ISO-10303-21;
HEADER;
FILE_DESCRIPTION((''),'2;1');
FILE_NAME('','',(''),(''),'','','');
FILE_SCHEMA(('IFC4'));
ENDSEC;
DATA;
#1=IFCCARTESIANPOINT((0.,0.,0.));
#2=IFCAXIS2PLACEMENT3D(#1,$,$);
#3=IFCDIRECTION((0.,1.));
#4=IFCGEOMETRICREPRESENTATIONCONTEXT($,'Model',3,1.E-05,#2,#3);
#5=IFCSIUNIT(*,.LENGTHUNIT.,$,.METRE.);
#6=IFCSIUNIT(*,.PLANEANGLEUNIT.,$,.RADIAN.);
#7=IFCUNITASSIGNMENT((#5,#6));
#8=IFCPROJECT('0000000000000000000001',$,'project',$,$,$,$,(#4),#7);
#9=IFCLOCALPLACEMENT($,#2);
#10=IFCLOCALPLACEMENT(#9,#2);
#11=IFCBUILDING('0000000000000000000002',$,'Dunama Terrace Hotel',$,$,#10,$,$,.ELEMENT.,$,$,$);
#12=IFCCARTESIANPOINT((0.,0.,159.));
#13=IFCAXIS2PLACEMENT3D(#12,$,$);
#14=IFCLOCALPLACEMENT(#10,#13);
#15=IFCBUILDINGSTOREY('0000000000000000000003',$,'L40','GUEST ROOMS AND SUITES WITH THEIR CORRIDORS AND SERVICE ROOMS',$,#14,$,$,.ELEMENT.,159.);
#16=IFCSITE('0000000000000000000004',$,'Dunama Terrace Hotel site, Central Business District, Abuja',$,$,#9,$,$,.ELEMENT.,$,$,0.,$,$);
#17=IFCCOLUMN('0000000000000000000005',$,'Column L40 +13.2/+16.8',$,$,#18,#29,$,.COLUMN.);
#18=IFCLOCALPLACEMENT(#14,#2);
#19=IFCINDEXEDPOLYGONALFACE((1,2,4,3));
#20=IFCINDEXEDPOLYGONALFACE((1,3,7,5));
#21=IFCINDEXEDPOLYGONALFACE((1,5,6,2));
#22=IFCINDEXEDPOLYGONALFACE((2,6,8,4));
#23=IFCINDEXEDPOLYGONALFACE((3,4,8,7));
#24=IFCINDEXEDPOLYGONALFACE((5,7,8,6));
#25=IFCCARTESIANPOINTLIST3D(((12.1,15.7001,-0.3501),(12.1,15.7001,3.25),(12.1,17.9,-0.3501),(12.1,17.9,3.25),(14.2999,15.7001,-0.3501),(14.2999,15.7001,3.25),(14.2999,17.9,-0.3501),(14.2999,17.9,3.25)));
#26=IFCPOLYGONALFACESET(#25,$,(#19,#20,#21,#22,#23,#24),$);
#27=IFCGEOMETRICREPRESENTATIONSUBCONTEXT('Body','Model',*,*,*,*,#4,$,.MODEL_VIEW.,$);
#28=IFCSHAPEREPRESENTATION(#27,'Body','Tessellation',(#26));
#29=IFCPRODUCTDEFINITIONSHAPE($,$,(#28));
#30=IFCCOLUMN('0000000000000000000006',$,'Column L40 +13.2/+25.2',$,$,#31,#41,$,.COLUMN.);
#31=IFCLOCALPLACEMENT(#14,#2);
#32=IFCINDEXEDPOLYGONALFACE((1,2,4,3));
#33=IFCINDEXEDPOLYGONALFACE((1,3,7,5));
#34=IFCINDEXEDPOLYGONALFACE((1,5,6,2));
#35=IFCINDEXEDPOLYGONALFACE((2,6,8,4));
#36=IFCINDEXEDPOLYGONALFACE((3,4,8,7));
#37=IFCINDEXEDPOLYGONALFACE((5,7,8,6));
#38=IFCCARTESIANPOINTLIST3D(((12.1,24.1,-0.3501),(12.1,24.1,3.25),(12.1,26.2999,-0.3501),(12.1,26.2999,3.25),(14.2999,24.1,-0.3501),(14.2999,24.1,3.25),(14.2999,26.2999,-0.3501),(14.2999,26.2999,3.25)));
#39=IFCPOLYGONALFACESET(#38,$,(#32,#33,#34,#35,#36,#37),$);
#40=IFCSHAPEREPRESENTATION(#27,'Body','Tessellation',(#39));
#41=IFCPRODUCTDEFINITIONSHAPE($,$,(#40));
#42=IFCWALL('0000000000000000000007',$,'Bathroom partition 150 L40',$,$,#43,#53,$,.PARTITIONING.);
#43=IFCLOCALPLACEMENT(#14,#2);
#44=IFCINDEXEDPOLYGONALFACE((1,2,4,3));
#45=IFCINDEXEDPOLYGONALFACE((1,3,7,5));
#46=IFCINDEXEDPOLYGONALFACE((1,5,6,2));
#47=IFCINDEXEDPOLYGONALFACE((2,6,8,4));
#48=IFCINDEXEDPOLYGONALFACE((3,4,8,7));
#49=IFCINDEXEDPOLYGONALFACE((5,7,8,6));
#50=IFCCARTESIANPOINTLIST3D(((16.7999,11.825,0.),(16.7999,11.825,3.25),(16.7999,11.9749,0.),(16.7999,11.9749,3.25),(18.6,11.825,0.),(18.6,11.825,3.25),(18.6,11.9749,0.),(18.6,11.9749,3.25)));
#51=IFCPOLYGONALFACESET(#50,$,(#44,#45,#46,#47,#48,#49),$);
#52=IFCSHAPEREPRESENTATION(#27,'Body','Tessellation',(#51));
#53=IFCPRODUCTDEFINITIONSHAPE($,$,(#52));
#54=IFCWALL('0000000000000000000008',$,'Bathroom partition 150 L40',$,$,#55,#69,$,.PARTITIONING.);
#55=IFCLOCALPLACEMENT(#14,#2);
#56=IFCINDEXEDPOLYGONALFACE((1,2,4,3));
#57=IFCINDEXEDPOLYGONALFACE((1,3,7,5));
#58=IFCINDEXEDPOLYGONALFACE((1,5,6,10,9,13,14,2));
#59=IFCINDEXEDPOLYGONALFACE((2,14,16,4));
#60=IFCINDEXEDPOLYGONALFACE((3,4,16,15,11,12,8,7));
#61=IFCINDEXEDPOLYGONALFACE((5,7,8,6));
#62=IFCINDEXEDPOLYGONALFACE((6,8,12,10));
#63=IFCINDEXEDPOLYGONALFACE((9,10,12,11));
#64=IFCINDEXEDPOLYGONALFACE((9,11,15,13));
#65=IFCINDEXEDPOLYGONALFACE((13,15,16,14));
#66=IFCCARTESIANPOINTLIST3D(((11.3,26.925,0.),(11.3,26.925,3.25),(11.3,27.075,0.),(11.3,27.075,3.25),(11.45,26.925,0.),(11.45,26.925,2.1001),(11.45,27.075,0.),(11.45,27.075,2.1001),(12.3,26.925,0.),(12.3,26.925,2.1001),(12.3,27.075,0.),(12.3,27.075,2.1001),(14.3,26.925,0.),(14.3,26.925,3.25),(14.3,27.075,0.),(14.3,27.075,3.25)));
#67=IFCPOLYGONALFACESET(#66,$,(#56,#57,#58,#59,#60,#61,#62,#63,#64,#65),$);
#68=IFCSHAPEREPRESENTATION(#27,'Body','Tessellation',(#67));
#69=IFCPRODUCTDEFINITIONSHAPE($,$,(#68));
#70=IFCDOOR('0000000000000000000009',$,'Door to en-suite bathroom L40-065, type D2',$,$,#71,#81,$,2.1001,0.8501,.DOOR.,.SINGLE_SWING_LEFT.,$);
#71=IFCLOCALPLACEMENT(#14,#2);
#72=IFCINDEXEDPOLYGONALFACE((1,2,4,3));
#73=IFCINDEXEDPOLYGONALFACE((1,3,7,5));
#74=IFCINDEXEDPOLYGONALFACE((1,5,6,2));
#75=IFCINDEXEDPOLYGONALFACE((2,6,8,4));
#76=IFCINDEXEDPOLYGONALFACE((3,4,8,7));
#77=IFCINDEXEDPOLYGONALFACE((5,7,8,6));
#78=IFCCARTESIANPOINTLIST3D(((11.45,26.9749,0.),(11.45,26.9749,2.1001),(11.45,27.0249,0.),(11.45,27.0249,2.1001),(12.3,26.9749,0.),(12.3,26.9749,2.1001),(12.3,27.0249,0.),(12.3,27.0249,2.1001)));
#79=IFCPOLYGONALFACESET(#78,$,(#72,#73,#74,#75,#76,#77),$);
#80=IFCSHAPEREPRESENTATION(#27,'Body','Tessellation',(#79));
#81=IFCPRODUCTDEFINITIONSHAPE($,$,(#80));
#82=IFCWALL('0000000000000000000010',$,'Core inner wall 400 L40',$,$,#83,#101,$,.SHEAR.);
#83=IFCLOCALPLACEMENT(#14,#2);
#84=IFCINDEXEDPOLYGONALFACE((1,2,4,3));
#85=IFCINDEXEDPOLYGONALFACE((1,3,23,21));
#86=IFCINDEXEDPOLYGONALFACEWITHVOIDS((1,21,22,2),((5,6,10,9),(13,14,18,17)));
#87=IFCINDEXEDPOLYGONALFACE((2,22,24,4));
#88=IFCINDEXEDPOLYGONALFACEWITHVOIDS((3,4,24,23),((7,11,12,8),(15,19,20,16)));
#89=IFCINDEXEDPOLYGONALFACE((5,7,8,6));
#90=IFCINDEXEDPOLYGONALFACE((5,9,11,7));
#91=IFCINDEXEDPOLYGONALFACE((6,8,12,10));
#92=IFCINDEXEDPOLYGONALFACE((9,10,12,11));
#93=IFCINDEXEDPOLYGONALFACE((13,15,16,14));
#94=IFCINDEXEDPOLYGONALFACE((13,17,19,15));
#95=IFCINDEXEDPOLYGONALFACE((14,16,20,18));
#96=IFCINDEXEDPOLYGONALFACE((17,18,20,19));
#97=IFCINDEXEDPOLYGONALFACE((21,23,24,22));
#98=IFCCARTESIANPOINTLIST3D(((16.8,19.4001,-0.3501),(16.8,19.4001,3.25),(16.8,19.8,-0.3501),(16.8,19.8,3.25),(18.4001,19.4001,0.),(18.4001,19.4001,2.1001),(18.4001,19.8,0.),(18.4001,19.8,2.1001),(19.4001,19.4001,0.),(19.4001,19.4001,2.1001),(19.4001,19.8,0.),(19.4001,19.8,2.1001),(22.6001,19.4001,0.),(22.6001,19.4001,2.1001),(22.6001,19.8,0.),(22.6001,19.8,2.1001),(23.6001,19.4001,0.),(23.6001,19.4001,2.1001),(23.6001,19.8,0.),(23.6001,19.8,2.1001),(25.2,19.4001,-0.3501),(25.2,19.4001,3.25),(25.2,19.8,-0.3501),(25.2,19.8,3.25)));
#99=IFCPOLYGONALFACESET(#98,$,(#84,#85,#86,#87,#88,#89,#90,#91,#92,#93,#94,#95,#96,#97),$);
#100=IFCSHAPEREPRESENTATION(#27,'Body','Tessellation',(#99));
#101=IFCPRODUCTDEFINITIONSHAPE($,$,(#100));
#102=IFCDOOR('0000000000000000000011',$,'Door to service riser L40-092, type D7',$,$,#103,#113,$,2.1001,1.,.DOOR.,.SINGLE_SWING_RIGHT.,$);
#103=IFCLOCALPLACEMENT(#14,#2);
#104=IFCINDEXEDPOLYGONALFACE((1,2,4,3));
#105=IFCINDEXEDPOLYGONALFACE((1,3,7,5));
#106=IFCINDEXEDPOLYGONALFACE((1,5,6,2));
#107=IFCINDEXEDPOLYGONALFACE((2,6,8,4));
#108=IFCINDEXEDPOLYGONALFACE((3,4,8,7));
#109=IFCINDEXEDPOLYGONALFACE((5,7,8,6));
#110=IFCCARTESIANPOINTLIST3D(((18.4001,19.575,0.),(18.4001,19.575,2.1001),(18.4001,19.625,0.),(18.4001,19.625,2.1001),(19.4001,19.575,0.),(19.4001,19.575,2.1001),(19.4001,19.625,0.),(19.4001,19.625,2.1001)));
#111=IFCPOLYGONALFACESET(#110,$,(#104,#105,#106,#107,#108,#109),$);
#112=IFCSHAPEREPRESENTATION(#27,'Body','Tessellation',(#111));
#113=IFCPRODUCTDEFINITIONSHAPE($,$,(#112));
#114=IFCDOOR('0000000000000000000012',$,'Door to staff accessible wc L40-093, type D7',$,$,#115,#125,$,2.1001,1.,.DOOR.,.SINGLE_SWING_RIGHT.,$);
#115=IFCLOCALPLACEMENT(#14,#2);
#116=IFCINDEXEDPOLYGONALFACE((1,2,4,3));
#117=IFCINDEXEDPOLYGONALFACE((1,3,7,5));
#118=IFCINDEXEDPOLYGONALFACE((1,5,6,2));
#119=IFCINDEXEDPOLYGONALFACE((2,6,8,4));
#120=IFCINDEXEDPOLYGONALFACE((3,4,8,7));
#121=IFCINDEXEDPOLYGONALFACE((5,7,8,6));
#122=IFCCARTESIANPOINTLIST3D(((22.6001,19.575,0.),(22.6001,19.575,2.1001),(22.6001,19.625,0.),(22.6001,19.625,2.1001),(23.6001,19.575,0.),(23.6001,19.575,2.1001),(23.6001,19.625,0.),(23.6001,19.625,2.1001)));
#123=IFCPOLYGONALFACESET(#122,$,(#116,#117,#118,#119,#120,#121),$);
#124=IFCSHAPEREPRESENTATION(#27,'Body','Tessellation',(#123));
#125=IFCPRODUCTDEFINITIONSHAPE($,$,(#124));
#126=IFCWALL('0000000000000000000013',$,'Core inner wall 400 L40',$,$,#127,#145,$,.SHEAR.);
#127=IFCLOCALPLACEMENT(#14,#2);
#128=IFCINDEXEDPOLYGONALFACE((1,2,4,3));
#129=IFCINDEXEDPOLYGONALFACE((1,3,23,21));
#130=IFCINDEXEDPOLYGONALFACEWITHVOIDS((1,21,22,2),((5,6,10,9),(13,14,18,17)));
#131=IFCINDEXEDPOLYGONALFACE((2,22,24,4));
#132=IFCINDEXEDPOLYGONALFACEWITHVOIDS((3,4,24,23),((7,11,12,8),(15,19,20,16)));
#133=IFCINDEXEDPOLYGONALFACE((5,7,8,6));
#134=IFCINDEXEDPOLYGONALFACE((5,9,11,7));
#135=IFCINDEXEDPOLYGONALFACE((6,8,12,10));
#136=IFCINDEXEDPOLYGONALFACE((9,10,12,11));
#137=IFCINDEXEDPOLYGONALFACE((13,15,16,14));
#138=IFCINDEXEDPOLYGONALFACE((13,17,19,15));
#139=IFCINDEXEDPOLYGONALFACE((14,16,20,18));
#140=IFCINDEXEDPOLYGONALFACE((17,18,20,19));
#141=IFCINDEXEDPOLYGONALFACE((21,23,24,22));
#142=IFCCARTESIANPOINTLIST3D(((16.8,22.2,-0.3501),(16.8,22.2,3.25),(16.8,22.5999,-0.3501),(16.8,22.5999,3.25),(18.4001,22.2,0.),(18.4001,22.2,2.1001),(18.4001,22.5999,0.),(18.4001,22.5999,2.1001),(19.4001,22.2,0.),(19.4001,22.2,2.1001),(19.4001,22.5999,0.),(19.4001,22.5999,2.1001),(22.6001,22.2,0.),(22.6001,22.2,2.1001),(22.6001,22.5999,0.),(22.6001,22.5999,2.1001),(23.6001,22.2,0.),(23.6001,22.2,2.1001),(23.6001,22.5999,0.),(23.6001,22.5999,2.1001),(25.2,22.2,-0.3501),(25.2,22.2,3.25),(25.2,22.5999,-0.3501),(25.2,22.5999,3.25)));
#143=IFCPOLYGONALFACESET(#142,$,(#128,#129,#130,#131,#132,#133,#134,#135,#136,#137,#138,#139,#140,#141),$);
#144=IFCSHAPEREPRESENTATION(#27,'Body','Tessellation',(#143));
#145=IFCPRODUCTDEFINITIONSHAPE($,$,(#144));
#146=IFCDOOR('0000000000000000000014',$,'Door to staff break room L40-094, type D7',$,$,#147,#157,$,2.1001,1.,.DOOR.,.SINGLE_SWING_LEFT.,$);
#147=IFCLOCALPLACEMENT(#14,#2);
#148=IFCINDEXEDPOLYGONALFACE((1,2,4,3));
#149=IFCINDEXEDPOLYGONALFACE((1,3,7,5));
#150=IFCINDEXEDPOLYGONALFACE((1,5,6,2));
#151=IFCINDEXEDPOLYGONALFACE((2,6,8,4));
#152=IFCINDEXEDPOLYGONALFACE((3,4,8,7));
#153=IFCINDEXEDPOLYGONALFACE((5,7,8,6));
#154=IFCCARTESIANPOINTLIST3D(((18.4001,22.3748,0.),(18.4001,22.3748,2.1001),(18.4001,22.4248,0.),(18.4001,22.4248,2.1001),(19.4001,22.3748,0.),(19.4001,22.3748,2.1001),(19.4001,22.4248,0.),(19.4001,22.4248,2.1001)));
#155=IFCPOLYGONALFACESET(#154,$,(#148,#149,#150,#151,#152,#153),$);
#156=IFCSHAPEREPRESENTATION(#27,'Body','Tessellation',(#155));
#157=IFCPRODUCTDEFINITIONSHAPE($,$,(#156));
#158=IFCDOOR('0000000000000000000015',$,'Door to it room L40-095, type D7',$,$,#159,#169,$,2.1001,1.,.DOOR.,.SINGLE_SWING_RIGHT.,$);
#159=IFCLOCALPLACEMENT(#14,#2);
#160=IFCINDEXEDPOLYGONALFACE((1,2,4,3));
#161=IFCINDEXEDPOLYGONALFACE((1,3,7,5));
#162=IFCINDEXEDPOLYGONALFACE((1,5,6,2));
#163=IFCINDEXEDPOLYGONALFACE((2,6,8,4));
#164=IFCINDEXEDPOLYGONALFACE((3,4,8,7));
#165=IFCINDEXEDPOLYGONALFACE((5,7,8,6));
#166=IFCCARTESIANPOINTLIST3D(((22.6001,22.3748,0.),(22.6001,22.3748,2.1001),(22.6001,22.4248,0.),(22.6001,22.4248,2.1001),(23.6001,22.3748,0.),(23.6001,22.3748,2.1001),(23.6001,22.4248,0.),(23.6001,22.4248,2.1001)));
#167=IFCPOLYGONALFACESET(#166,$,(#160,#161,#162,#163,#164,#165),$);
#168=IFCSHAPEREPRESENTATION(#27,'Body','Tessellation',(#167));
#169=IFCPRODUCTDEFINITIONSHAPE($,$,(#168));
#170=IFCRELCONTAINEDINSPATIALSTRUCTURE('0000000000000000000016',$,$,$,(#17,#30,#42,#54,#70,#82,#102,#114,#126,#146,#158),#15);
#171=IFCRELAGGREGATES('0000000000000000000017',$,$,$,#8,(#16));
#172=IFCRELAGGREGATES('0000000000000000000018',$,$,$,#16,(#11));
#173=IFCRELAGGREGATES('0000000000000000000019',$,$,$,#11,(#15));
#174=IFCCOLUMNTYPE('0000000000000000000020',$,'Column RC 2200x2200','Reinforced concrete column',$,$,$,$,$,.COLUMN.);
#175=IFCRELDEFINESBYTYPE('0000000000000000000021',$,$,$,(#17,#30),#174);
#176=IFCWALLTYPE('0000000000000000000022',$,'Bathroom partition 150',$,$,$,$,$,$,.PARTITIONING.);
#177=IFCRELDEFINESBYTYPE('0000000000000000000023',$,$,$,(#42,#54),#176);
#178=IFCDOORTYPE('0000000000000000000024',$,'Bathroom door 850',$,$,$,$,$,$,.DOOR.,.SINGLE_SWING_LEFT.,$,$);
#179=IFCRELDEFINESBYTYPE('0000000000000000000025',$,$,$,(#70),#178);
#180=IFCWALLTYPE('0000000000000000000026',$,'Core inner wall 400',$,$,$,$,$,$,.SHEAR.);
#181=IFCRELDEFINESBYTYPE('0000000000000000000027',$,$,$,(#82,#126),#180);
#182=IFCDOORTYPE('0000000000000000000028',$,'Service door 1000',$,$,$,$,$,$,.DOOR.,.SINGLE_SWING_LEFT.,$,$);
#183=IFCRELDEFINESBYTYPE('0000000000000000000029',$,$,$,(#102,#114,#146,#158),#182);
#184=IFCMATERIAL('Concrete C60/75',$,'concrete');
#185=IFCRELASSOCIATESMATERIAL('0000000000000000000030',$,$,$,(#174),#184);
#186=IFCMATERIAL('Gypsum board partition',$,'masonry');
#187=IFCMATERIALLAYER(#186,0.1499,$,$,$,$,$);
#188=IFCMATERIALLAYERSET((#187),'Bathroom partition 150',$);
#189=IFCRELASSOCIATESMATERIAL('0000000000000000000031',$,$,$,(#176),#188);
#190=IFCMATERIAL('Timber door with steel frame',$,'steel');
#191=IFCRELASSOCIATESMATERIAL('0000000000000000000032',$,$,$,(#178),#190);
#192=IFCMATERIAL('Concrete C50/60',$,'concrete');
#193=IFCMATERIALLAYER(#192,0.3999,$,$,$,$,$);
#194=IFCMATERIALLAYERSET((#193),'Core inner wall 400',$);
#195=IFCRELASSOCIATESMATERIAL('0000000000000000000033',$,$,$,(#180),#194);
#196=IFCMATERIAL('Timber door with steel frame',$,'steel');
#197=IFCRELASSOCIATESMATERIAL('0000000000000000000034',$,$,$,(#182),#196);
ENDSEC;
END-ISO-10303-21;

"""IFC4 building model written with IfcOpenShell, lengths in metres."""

from ifc_helpers import new_model, si_unit, direction, frame, frame_2d, origin, origin_2d, place, context, subcontext, project, spatial, rectangle, extrude, material, layer, layer_set, material_profile, profile_set, type_object, element, fill, save


model = new_model("IFC4")

# Units and contexts
model_context = context("Model", 3, precision=1e-05, world=origin(), true_north=direction((0.0, 1.0)))
body_context = subcontext(model_context, "Body", "Model", "MODEL_VIEW")
ifc_project = project(units=[si_unit("LENGTHUNIT", "METRE"), si_unit("PLANEANGLEUNIT", "RADIAN")], contexts=[model_context])

# Site, building, storey
site_placement = place(None, origin())
site = spatial("IfcSite", under=ifc_project, at=site_placement, Name="Dunama Terrace Hotel site, Central Business District, Abuja", CompositionType="ELEMENT", RefElevation=0.0)
building_placement = place(site_placement, origin())
building = spatial("IfcBuilding", under=site, at=building_placement, Name="Dunama Terrace Hotel", CompositionType="ELEMENT")
storey_placement = place(building_placement, frame((0.0, 0.0, 159.0)))
storey = spatial("IfcBuildingStorey", under=building, at=storey_placement, Name="L40", Description="GUEST ROOMS AND SUITES WITH THEIR CORRIDORS AND SERVICE ROOMS", CompositionType="ELEMENT", Elevation=159.0)

# Columns
ifc_material_1 = material(Name="Concrete C60/75", Category="concrete")
ifc_material_profile = material_profile(ifc_material_1, rectangle(XDim=2.2, YDim=2.2, at=origin_2d()), Name="RC 2200x2200")
ifc_profile_set = profile_set([ifc_material_profile], Name="Concrete C60/75")
column_type = type_object("IfcColumnType", Name="Column RC 2200x2200", Description="Reinforced concrete column", PredefinedType="COLUMN", material=ifc_profile_set)
for number, where, z_axis, x_axis, name in (
    (1, (13.2, 16.8, -0.3501), (0.0, 0.0, 1.0), (1.0, 0.0, 0.0), "Column L40 +13.2/+16.8"),
    (2, (13.2, 25.2, -0.3501), (0.0, 0.0, 1.0), (1.0, 0.0, 0.0), "Column L40 +13.2/+25.2"),
):
    element("IfcColumn", number, at=place(storey_placement, frame(where, z_axis=z_axis, x_axis=x_axis)), inside=storey, type_object=column_type, Name=name, PredefinedType="COLUMN", context=body_context, shape_type="SweptSolid", body=[
        extrude(rectangle(XDim=2.2, YDim=2.2, at=origin_2d()), origin(), (0.0, 0.0, 1.0), 3.6001),
    ])

# Wall
ifc_material_2 = material(Name="Gypsum board partition", Category="masonry")
ifc_layer_1 = layer(ifc_material_2, 0.1499)
ifc_layer_set_1 = layer_set([ifc_layer_1], Name="Bathroom partition 150")
wall_type_1 = type_object("IfcWallType", Name="Bathroom partition 150", PredefinedType="PARTITIONING", material=ifc_layer_set_1)
wall_1_placement = place(storey_placement, frame((16.8, 11.8999, 0.0), z_axis=(0.0, 0.0, 1.0), x_axis=(1.0, 0.0, 0.0)))
element("IfcWall", 3, at=wall_1_placement, inside=storey, type_object=wall_type_1, Name="Bathroom partition 150 L40", PredefinedType="PARTITIONING", context=body_context, shape_type="SweptSolid", body=[
    extrude(rectangle(XDim=1.8, YDim=0.1499, at=frame_2d((0.8999, 0.0))), origin(), (0.0, 0.0, 1.0), 3.25),
])

# Wall, opening, door
wall_2_placement = place(storey_placement, frame((11.3, 27.0, 0.0), z_axis=(0.0, 0.0, 1.0), x_axis=(1.0, 0.0, 0.0)))
wall_2 = element("IfcWall", 4, at=wall_2_placement, inside=storey, type_object=wall_type_1, Name="Bathroom partition 150 L40", PredefinedType="PARTITIONING", context=body_context, shape_type="SweptSolid", body=[
    extrude(rectangle(XDim=3.0, YDim=0.1499, at=frame_2d((1.5, 0.0))), origin(), (0.0, 0.0, 1.0), 3.25),
])
opening_1_placement = place(wall_2_placement, frame((0.1499, 0.0, 0.0)))
opening_1 = element("IfcOpeningElement", 5, at=opening_1_placement, cuts=wall_2, PredefinedType="OPENING", context=body_context, shape_type="SweptSolid", body=[
    extrude(rectangle(XDim=0.8501, YDim=2.1001, at=frame_2d((0.425, 1.05))), frame((0.0, 0.085, 0.0), z_axis=(0.0, -1.0, 0.0), x_axis=(1.0, 0.0, 0.0)), (0.0, 0.0, 1.0), 0.1699),
])
ifc_material_3 = material(Name="Timber door with steel frame", Category="steel")
door_type_1 = type_object("IfcDoorType", Name="Bathroom door 850", OperationType="SINGLE_SWING_LEFT", PredefinedType="DOOR", material=ifc_material_3)
door_1_placement = place(opening_1_placement, origin())
door_1 = element("IfcDoor", 6, at=door_1_placement, inside=storey, type_object=door_type_1, Name="Door to en-suite bathroom L40-065, type D2", OperationType="SINGLE_SWING_LEFT", OverallHeight=2.1001, OverallWidth=0.8501, PredefinedType="DOOR", context=body_context, shape_type="SweptSolid", body=[
    extrude(rectangle(XDim=0.8501, YDim=2.1001, at=frame_2d((0.425, 1.05))), frame((0.0, 0.0249, 0.0), z_axis=(0.0, -1.0, 0.0), x_axis=(1.0, 0.0, 0.0)), (0.0, 0.0, 1.0), 0.05),
])
fill(opening_1, door_1)

# Walls, openings, doors
ifc_material_4 = material(Name="Concrete C50/60", Category="concrete")
ifc_layer_2 = layer(ifc_material_4, 0.3999)
ifc_layer_set_2 = layer_set([ifc_layer_2], Name="Core inner wall 400")
wall_type_2 = type_object("IfcWallType", Name="Core inner wall 400", PredefinedType="SHEAR", material=ifc_layer_set_2)
wall_3_placement = place(storey_placement, frame((16.8, 19.6001, -0.3501), z_axis=(0.0, 0.0, 1.0), x_axis=(1.0, 0.0, 0.0)))
wall_3 = element("IfcWall", 7, at=wall_3_placement, inside=storey, type_object=wall_type_2, Name="Core inner wall 400 L40", PredefinedType="SHEAR", context=body_context, shape_type="SweptSolid", body=[
    extrude(rectangle(XDim=8.3999, YDim=0.3999, at=frame_2d((4.2, 0.0))), origin(), (0.0, 0.0, 1.0), 3.6001),
])
opening_2_placement = place(wall_3_placement, frame((1.6001, 0.0, 0.3501)))
opening_2 = element("IfcOpeningElement", 8, at=opening_2_placement, cuts=wall_3, PredefinedType="OPENING", context=body_context, shape_type="SweptSolid", body=[
    extrude(rectangle(XDim=1.0, YDim=2.1001, at=frame_2d((0.5, 1.05))), frame((0.0, 0.21, 0.0), z_axis=(0.0, -1.0, 0.0), x_axis=(1.0, 0.0, 0.0)), (0.0, 0.0, 1.0), 0.4199),
])
opening_3_placement = place(wall_3_placement, frame((5.8, 0.0, 0.3501)))
opening_3 = element("IfcOpeningElement", 9, at=opening_3_placement, cuts=wall_3, PredefinedType="OPENING", context=body_context, shape_type="SweptSolid", body=[
    extrude(rectangle(XDim=1.0, YDim=2.1001, at=frame_2d((0.5, 1.05))), frame((0.0, 0.21, 0.0), z_axis=(0.0, -1.0, 0.0), x_axis=(1.0, 0.0, 0.0)), (0.0, 0.0, 1.0), 0.4199),
])
ifc_material_5 = material(Name="Timber door with steel frame", Category="steel")
door_type_2 = type_object("IfcDoorType", Name="Service door 1000", OperationType="SINGLE_SWING_LEFT", PredefinedType="DOOR", material=ifc_material_5)
door_2_placement = place(opening_2_placement, frame((1.0, 0.0, 0.0), z_axis=(0.0, 0.0, 1.0), x_axis=(-1.0, 0.0, 0.0)))
door_2 = element("IfcDoor", 10, at=door_2_placement, inside=storey, type_object=door_type_2, Name="Door to service riser L40-092, type D7", OperationType="SINGLE_SWING_RIGHT", OverallHeight=2.1001, OverallWidth=1.0, PredefinedType="DOOR", context=body_context, shape_type="SweptSolid", body=[
    extrude(rectangle(XDim=1.0, YDim=2.1001, at=frame_2d((0.5, 1.05))), frame((0.0, 0.0251, 0.0), z_axis=(0.0, -1.0, 0.0), x_axis=(1.0, 0.0, 0.0)), (0.0, 0.0, 1.0), 0.05),
])
fill(opening_2, door_2)
door_3_placement = place(opening_3_placement, frame((1.0, 0.0, 0.0), z_axis=(0.0, 0.0, 1.0), x_axis=(-1.0, 0.0, 0.0)))
door_3 = element("IfcDoor", 11, at=door_3_placement, inside=storey, type_object=door_type_2, Name="Door to staff accessible wc L40-093, type D7", OperationType="SINGLE_SWING_RIGHT", OverallHeight=2.1001, OverallWidth=1.0, PredefinedType="DOOR", context=body_context, shape_type="SweptSolid", body=[
    extrude(rectangle(XDim=1.0, YDim=2.1001, at=frame_2d((0.5, 1.05))), frame((0.0, 0.0251, 0.0), z_axis=(0.0, -1.0, 0.0), x_axis=(1.0, 0.0, 0.0)), (0.0, 0.0, 1.0), 0.05),
])
fill(opening_3, door_3)
wall_4_placement = place(storey_placement, frame((16.8, 22.3999, -0.3501), z_axis=(0.0, 0.0, 1.0), x_axis=(1.0, 0.0, 0.0)))
wall_4 = element("IfcWall", 12, at=wall_4_placement, inside=storey, type_object=wall_type_2, Name="Core inner wall 400 L40", PredefinedType="SHEAR", context=body_context, shape_type="SweptSolid", body=[
    extrude(rectangle(XDim=8.3999, YDim=0.3999, at=frame_2d((4.2, 0.0))), origin(), (0.0, 0.0, 1.0), 3.6001),
])
opening_4_placement = place(wall_4_placement, frame((1.6001, 0.0, 0.3501)))
opening_4 = element("IfcOpeningElement", 13, at=opening_4_placement, cuts=wall_4, PredefinedType="OPENING", context=body_context, shape_type="SweptSolid", body=[
    extrude(rectangle(XDim=1.0, YDim=2.1001, at=frame_2d((0.5, 1.05))), frame((0.0, 0.21, 0.0), z_axis=(0.0, -1.0, 0.0), x_axis=(1.0, 0.0, 0.0)), (0.0, 0.0, 1.0), 0.4199),
])
opening_5_placement = place(wall_4_placement, frame((5.8, 0.0, 0.3501)))
opening_5 = element("IfcOpeningElement", 14, at=opening_5_placement, cuts=wall_4, PredefinedType="OPENING", context=body_context, shape_type="SweptSolid", body=[
    extrude(rectangle(XDim=1.0, YDim=2.1001, at=frame_2d((0.5, 1.05))), frame((0.0, 0.21, 0.0), z_axis=(0.0, -1.0, 0.0), x_axis=(1.0, 0.0, 0.0)), (0.0, 0.0, 1.0), 0.4199),
])
door_4_placement = place(opening_4_placement, origin())
door_4 = element("IfcDoor", 15, at=door_4_placement, inside=storey, type_object=door_type_2, Name="Door to staff break room L40-094, type D7", OperationType="SINGLE_SWING_LEFT", OverallHeight=2.1001, OverallWidth=1.0, PredefinedType="DOOR", context=body_context, shape_type="SweptSolid", body=[
    extrude(rectangle(XDim=1.0, YDim=2.1001, at=frame_2d((0.5, 1.05))), frame((0.0, 0.0249, 0.0), z_axis=(0.0, -1.0, 0.0), x_axis=(1.0, 0.0, 0.0)), (0.0, 0.0, 1.0), 0.05),
])
fill(opening_4, door_4)
door_5_placement = place(opening_5_placement, origin())
door_5 = element("IfcDoor", 16, at=door_5_placement, inside=storey, type_object=door_type_2, Name="Door to it room L40-095, type D7", OperationType="SINGLE_SWING_RIGHT", OverallHeight=2.1001, OverallWidth=1.0, PredefinedType="DOOR", context=body_context, shape_type="SweptSolid", body=[
    extrude(rectangle(XDim=1.0, YDim=2.1001, at=frame_2d((0.5, 1.05))), frame((0.0, 0.0249, 0.0), z_axis=(0.0, -1.0, 0.0), x_axis=(1.0, 0.0, 0.0)), (0.0, 0.0, 1.0), 0.05),
])
fill(opening_5, door_5)

save(model, "model.ifc")
